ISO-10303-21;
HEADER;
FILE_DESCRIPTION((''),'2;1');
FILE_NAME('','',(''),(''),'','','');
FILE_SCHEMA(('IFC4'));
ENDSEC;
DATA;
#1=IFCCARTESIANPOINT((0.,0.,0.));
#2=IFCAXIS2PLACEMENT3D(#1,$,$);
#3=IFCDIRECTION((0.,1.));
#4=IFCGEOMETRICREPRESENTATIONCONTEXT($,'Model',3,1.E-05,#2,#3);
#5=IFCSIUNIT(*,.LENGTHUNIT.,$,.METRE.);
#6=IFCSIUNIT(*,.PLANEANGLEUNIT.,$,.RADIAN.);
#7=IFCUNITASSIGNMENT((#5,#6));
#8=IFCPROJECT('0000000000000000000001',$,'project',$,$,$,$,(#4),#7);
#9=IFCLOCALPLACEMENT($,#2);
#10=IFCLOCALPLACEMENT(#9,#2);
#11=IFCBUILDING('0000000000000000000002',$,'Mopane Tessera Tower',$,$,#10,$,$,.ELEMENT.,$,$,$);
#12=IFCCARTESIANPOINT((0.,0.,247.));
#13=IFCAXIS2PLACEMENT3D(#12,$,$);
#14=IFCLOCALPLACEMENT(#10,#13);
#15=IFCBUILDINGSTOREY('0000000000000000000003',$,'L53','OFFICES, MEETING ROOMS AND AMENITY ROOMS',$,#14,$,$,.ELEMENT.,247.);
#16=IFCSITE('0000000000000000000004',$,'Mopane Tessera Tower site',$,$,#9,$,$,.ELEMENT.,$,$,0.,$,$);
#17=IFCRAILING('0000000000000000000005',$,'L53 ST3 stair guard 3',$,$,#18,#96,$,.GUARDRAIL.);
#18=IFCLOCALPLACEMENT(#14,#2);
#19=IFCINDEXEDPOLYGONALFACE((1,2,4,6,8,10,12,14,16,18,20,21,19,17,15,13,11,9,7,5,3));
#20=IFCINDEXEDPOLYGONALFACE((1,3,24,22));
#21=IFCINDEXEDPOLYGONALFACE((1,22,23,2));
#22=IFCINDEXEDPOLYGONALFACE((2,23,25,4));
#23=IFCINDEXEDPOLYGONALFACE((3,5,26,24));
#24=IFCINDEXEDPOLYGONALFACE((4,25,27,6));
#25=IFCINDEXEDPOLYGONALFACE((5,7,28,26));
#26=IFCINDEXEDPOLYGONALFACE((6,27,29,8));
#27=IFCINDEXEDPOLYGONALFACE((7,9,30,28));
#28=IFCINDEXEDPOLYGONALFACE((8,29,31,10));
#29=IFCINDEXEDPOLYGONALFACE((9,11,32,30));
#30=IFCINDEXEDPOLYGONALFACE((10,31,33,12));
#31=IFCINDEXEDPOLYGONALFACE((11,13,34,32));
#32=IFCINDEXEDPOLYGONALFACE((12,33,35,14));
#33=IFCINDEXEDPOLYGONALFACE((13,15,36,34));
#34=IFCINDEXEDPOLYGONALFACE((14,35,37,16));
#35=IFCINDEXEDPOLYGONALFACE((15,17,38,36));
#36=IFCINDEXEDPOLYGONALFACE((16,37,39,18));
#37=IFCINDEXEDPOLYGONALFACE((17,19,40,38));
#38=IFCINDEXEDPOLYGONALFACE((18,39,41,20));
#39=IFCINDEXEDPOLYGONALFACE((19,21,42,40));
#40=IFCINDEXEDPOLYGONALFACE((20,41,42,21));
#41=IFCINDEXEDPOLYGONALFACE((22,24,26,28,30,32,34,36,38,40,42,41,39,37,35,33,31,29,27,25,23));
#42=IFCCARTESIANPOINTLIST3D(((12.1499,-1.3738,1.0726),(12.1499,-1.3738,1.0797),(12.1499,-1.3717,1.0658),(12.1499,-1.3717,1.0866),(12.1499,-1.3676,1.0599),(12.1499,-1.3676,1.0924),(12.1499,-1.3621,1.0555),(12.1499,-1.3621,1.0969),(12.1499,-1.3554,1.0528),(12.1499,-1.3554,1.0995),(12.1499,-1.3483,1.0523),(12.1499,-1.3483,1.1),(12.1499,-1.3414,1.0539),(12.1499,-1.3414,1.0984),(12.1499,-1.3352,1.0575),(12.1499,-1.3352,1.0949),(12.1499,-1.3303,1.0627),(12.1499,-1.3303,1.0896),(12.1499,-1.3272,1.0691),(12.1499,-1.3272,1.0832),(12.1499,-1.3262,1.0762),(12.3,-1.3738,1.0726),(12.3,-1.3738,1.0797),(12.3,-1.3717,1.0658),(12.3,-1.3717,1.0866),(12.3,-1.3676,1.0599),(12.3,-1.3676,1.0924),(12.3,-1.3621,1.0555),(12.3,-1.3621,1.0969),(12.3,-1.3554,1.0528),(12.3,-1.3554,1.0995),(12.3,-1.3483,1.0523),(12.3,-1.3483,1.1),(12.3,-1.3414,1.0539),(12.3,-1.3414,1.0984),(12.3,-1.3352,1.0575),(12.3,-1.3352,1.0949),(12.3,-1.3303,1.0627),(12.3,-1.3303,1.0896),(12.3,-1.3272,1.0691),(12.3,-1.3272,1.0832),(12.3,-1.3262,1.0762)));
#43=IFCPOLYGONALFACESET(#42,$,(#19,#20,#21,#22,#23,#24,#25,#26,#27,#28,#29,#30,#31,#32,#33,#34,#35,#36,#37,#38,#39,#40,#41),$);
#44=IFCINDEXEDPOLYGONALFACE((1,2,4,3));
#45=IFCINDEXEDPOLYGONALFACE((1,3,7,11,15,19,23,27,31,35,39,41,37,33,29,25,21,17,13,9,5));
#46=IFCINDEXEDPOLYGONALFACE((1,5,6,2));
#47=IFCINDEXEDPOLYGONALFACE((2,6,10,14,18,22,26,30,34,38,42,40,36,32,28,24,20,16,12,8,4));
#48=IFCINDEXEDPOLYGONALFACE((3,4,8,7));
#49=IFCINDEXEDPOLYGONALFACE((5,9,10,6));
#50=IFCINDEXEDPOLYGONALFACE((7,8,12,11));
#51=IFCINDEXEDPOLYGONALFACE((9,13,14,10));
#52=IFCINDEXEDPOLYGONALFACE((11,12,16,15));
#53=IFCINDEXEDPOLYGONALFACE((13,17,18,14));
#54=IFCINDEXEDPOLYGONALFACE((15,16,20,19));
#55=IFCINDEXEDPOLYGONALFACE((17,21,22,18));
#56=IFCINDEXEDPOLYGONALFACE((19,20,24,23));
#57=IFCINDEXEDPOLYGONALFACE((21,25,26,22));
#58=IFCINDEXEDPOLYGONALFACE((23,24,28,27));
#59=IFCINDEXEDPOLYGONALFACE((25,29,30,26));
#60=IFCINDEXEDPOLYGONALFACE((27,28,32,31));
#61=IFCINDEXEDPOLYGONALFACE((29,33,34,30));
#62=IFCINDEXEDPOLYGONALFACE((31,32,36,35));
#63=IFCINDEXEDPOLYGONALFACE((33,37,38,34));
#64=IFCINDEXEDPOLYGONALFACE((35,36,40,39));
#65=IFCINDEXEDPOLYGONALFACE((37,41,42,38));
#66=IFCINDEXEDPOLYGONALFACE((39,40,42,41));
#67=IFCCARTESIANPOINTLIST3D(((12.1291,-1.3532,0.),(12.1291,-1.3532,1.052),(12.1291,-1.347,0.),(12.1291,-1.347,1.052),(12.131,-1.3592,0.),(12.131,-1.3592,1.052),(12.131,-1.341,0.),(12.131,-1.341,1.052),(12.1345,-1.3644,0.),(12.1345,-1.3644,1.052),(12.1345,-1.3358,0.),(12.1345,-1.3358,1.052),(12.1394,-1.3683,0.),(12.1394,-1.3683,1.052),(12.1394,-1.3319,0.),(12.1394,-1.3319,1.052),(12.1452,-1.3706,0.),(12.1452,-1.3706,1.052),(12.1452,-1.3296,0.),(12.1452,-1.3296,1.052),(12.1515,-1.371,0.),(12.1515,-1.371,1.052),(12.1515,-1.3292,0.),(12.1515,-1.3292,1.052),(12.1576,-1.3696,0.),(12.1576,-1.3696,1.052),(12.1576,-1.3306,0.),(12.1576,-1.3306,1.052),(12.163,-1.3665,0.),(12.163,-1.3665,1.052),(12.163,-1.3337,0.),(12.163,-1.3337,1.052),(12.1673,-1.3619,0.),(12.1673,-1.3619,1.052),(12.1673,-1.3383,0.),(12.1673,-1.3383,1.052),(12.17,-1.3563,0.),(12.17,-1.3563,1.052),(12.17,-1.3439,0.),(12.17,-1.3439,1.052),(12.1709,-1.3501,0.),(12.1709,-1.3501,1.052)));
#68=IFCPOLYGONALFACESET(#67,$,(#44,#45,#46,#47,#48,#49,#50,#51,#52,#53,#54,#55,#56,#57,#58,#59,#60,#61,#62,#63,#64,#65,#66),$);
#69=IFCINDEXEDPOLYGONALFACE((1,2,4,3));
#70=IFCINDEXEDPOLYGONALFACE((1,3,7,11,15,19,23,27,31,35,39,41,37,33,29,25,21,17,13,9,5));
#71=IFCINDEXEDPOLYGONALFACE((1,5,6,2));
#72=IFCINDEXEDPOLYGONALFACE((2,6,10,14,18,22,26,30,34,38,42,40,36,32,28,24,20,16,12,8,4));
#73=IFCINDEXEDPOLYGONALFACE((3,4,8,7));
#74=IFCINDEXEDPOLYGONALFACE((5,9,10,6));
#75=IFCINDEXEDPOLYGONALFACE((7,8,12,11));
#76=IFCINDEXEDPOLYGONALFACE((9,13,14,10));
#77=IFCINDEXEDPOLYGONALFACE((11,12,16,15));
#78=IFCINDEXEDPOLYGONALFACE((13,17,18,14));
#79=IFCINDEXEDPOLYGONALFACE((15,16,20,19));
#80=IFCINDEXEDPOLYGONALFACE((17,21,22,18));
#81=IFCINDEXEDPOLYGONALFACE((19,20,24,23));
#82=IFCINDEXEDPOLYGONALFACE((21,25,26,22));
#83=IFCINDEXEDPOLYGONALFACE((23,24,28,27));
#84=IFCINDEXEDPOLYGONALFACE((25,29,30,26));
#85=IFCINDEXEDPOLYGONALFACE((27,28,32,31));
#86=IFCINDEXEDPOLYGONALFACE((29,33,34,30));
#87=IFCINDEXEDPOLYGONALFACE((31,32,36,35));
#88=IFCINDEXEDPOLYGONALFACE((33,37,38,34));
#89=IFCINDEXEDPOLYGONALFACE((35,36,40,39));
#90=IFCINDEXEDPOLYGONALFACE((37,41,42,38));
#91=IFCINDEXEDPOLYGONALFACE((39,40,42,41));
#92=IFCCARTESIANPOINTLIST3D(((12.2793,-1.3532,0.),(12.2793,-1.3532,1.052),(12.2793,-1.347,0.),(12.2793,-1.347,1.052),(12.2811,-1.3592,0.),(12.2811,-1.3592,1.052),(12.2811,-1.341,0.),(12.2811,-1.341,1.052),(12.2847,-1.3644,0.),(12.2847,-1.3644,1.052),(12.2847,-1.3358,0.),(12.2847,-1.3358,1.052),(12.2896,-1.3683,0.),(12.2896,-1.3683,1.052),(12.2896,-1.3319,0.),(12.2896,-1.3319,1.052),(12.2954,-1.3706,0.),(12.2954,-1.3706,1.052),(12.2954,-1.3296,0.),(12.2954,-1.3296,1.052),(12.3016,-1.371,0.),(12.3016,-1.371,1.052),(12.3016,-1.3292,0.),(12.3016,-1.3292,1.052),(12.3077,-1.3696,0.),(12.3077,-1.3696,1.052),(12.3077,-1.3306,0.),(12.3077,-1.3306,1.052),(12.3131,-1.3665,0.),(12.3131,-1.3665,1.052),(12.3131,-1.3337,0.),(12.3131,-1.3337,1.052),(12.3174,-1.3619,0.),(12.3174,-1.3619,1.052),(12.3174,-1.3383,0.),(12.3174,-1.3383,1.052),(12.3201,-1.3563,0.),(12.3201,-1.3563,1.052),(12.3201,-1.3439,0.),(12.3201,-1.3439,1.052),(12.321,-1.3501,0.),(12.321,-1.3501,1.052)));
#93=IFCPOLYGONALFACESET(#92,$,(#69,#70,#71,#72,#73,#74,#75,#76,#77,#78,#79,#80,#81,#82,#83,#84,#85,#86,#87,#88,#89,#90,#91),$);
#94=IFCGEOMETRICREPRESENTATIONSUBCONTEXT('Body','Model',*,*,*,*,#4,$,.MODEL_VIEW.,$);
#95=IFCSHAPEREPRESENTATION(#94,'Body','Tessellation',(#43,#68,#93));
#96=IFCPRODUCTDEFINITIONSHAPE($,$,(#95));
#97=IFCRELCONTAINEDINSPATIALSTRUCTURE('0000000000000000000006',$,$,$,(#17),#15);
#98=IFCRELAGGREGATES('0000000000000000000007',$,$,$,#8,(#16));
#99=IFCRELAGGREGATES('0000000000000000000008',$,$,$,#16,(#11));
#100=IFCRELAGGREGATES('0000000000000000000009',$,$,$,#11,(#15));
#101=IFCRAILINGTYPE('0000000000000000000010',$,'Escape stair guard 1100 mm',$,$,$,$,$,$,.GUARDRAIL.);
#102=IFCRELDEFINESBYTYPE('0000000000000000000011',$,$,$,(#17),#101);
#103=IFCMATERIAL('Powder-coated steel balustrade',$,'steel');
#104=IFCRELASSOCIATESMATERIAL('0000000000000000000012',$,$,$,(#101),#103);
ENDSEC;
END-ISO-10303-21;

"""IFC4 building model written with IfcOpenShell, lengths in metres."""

from ifc_helpers import new_model, si_unit, direction, frame, origin, origin_2d, place, context, subcontext, project, spatial, circle, extrude, material, type_object, element, save


model = new_model("IFC4")

# Units and contexts
model_context = context("Model", 3, precision=1e-05, world=origin(), true_north=direction((0.0, 1.0)))
body_context = subcontext(model_context, "Body", "Model", "MODEL_VIEW")
ifc_project = project(units=[si_unit("LENGTHUNIT", "METRE"), si_unit("PLANEANGLEUNIT", "RADIAN")], contexts=[model_context])

# Site, building, storey
site_placement = place(None, origin())
site = spatial("IfcSite", under=ifc_project, at=site_placement, Name="Mopane Tessera Tower site", CompositionType="ELEMENT", RefElevation=0.0)
building_placement = place(site_placement, origin())
building = spatial("IfcBuilding", under=site, at=building_placement, Name="Mopane Tessera Tower", CompositionType="ELEMENT")
storey_placement = place(building_placement, frame((0.0, 0.0, 247.0)))
storey = spatial("IfcBuildingStorey", under=building, at=storey_placement, Name="L53", Description="OFFICES, MEETING ROOMS AND AMENITY ROOMS", CompositionType="ELEMENT", Elevation=247.0)

# Railing
ifc_material_1 = material(Name="Powder-coated steel balustrade", Category="steel")
railing_type_1 = type_object("IfcRailingType", Name="Escape stair guard 1100 mm", PredefinedType="GUARDRAIL", material=ifc_material_1)
railing_1_placement = place(storey_placement, frame((12.1499, -1.3501, 0.0)))
element("IfcRailing", 1, at=railing_1_placement, inside=storey, type_object=railing_type_1, Name="L53 ST3 stair guard 3", PredefinedType="GUARDRAIL", context=body_context, shape_type="SweptSolid", body=[
    extrude(circle(Radius=0.0239, at=origin_2d()), frame((0.0, 0.0, 1.0762), z_axis=(1.0, 0.0, 0.0), x_axis=(0.0, 1.0, 0.0)), (0.0, 0.0, 1.0), 0.1501),
    extrude(circle(Radius=0.021, at=origin_2d()), origin(), (0.0, 0.0, 1.0), 1.052),
    extrude(circle(Radius=0.021, at=origin_2d()), frame((0.1501, 0.0, 0.0)), (0.0, 0.0, 1.0), 1.052),
])

save(model, "model.ifc")
